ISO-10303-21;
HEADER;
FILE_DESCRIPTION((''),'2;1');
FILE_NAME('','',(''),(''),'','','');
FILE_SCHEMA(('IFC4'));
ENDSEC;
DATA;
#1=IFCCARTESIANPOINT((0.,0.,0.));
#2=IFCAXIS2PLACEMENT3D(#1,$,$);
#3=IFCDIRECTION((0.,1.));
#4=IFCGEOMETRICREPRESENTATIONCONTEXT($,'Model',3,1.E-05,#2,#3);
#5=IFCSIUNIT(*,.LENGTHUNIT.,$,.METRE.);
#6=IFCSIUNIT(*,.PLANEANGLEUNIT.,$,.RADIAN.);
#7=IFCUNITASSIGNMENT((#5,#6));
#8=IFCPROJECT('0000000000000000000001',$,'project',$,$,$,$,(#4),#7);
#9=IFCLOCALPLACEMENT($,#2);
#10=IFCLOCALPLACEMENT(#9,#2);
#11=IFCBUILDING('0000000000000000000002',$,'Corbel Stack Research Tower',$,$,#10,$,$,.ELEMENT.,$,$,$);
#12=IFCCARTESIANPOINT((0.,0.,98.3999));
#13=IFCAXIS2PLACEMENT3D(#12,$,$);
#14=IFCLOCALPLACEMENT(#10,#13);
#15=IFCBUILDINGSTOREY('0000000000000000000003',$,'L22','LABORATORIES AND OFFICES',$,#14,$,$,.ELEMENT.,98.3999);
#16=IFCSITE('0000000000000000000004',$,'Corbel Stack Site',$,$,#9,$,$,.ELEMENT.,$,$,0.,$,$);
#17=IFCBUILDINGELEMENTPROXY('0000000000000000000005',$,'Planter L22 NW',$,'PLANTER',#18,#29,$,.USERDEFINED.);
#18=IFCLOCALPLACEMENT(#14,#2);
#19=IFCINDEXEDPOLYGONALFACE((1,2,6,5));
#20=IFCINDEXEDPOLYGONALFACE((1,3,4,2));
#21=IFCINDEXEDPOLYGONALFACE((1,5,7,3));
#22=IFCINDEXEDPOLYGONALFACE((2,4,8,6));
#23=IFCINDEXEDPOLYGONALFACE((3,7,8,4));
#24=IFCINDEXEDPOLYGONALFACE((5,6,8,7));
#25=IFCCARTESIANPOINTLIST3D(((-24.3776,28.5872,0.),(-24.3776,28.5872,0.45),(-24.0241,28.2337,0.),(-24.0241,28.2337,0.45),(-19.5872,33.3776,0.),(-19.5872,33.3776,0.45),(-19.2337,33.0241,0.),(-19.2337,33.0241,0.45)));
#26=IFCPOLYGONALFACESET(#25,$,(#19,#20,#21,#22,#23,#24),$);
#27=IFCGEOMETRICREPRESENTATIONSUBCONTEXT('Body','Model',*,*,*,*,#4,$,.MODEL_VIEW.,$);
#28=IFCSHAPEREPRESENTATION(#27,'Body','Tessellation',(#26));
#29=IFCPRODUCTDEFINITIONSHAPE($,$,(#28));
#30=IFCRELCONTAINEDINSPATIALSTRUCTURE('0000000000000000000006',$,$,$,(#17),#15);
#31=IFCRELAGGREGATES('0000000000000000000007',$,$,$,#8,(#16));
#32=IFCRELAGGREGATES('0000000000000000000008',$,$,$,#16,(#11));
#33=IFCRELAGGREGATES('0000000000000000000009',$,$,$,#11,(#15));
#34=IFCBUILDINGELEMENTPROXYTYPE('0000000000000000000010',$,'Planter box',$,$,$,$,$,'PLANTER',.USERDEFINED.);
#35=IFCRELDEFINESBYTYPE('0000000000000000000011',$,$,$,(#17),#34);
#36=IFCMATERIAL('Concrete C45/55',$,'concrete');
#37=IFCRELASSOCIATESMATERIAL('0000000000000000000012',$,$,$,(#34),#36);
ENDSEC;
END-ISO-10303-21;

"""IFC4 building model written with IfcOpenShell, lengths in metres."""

from ifc_helpers import new_model, si_unit, direction, frame, origin, origin_2d, place, context, subcontext, project, spatial, rectangle, extrude, material, type_object, element, save


model = new_model("IFC4")

# Units and contexts
model_context = context("Model", 3, precision=1e-05, world=origin(), true_north=direction((0.0, 1.0)))
body_context = subcontext(model_context, "Body", "Model", "MODEL_VIEW")
ifc_project = project(units=[si_unit("LENGTHUNIT", "METRE"), si_unit("PLANEANGLEUNIT", "RADIAN")], contexts=[model_context])

# Site, building, storey
site_placement = place(None, origin())
site = spatial("IfcSite", under=ifc_project, at=site_placement, Name="Corbel Stack Site", CompositionType="ELEMENT", RefElevation=0.0)
building_placement = place(site_placement, origin())
building = spatial("IfcBuilding", under=site, at=building_placement, Name="Corbel Stack Research Tower", CompositionType="ELEMENT")
storey_placement = place(building_placement, frame((0.0, 0.0, 98.3999)))
storey = spatial("IfcBuildingStorey", under=building, at=storey_placement, Name="L22", Description="LABORATORIES AND OFFICES", CompositionType="ELEMENT", Elevation=98.3999)

# Building element proxy
ifc_material_1 = material(Name="Concrete C45/55", Category="concrete")
building_element_proxy_type = type_object("IfcBuildingElementProxyType", Name="Planter box", ElementType="PLANTER", PredefinedType="USERDEFINED", material=ifc_material_1)
proxy_placement = place(storey_placement, frame((-21.8057, 30.8057, 0.0), z_axis=(0.0, 0.0, 1.0), x_axis=(-0.707107, -0.707107, 0.0)))
element("IfcBuildingElementProxy", 1, at=proxy_placement, inside=storey, type_object=building_element_proxy_type, Name="Planter L22 NW", ObjectType="PLANTER", PredefinedType="USERDEFINED", context=body_context, shape_type="SweptSolid", body=[
    extrude(rectangle(XDim=6.7747, YDim=0.5, at=origin_2d()), origin(), (0.0, 0.0, 1.0), 0.45),
])

save(model, "model.ifc")
